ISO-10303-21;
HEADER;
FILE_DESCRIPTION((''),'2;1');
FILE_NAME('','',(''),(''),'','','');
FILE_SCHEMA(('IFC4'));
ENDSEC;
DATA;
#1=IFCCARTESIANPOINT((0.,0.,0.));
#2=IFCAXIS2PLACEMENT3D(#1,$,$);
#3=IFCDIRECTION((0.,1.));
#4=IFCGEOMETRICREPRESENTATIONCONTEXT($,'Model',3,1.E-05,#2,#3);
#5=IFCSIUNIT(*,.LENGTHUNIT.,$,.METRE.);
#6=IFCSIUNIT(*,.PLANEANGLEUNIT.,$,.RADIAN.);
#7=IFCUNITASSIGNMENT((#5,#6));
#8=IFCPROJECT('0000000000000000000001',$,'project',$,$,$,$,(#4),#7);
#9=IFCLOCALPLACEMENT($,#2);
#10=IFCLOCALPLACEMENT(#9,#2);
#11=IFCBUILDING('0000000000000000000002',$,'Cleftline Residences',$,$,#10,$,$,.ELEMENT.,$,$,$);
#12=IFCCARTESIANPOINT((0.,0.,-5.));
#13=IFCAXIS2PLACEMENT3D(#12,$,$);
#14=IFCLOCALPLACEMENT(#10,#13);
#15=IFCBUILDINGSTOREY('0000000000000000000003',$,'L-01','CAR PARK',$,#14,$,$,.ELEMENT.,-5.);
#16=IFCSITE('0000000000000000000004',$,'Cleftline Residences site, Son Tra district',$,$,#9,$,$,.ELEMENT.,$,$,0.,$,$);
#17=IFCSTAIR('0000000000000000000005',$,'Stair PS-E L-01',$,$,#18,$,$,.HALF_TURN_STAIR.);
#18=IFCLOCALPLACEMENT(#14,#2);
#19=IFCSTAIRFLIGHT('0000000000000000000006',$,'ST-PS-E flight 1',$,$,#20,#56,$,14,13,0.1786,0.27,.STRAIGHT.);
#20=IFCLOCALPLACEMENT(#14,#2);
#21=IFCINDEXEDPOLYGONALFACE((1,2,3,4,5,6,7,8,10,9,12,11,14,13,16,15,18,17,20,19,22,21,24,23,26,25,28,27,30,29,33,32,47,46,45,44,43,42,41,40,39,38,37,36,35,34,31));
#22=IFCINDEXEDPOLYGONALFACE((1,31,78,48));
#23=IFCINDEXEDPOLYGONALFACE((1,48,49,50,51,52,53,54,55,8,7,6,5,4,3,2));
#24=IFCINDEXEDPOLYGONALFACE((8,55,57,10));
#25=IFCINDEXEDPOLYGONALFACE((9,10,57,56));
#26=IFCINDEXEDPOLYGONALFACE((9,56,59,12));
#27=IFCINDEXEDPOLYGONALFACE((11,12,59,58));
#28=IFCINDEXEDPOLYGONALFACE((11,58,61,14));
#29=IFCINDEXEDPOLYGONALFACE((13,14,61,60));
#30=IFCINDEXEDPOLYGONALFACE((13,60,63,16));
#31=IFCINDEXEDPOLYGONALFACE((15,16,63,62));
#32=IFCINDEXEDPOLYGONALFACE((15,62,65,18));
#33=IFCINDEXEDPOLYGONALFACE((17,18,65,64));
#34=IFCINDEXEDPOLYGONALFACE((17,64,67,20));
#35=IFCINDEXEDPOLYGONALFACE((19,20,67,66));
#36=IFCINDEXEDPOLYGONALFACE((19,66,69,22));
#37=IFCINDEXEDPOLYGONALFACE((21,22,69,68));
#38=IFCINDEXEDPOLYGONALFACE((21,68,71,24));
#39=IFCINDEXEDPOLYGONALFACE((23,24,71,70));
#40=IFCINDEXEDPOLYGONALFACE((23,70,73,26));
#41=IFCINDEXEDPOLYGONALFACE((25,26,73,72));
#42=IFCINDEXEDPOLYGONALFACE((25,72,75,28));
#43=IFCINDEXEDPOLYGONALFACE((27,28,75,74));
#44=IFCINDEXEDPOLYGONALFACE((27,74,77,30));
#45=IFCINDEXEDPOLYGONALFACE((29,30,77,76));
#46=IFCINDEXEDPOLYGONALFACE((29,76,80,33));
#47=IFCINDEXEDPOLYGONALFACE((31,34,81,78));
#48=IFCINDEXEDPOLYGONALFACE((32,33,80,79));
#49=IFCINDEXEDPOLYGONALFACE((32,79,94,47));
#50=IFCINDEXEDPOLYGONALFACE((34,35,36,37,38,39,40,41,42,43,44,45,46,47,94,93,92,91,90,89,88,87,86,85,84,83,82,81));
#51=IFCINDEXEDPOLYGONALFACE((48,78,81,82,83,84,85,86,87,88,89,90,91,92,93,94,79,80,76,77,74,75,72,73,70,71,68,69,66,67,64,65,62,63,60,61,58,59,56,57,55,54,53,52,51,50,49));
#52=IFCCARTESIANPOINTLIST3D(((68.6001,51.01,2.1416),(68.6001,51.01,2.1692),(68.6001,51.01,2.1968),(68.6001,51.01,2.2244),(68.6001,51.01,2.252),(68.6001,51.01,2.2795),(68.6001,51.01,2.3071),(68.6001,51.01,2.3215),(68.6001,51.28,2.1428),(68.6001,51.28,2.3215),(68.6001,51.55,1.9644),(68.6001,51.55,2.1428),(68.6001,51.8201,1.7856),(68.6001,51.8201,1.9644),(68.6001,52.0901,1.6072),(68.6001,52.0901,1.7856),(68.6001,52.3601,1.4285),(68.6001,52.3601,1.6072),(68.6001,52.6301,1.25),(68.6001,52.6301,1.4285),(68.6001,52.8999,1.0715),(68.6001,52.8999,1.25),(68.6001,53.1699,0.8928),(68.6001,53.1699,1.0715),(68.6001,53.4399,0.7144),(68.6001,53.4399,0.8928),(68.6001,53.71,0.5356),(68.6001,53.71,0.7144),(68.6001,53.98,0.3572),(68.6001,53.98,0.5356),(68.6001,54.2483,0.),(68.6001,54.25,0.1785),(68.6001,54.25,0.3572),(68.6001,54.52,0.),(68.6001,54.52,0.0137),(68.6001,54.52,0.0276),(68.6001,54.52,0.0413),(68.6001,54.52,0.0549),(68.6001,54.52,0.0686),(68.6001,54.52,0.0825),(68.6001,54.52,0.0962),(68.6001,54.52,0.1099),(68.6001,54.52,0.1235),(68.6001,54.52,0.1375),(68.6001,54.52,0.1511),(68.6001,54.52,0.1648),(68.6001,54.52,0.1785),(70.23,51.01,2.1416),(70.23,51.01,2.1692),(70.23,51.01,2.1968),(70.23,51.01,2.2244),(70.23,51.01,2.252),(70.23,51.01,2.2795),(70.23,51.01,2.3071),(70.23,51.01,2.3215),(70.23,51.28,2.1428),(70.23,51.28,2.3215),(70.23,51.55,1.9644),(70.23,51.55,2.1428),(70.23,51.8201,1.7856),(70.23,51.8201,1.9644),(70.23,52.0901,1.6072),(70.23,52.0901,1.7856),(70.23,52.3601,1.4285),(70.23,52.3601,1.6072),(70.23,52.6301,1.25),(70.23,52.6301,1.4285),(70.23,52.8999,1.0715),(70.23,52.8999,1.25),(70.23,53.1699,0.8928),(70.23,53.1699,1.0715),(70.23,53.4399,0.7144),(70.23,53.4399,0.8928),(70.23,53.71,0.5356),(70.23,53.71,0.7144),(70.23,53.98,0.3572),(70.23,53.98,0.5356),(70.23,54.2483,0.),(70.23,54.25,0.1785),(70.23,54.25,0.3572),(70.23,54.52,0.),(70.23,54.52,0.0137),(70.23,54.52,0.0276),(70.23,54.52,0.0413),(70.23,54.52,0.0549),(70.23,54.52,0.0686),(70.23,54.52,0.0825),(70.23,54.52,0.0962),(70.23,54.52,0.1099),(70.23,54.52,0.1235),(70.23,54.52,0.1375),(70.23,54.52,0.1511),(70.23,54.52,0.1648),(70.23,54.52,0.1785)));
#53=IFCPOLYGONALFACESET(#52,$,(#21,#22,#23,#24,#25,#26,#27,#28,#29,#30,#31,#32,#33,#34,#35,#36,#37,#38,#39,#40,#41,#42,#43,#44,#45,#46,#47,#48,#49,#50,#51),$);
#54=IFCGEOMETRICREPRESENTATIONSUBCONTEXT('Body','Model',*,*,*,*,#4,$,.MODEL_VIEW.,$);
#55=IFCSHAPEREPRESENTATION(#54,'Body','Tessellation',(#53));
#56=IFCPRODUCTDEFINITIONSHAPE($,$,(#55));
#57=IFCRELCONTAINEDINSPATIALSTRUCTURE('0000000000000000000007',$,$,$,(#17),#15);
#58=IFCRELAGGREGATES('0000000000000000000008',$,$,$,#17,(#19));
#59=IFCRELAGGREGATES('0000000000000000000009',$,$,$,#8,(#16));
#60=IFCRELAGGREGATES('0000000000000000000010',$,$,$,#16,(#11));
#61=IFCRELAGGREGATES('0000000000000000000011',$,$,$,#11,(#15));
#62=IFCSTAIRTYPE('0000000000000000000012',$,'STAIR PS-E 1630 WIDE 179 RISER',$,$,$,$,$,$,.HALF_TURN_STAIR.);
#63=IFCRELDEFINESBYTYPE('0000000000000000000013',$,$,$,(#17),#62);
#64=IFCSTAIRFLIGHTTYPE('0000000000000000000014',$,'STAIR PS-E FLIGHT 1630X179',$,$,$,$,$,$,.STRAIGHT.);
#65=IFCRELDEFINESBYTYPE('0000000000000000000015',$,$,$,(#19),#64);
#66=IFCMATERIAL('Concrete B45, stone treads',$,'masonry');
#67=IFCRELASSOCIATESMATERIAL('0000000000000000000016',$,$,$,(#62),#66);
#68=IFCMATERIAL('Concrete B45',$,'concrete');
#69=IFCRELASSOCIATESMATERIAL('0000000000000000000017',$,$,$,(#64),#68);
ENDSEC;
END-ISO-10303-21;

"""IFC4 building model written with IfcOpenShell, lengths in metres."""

from ifc_helpers import new_model, si_unit, direction, frame, origin, place, context, subcontext, project, spatial, polyline, outline, extrude, material, type_object, element, aggregate, save


model = new_model("IFC4")

# Units and contexts
model_context = context("Model", 3, precision=1e-05, world=origin(), true_north=direction((0.0, 1.0)))
body_context = subcontext(model_context, "Body", "Model", "MODEL_VIEW")
ifc_project = project(units=[si_unit("LENGTHUNIT", "METRE"), si_unit("PLANEANGLEUNIT", "RADIAN")], contexts=[model_context])

# Site, building, storey
site_placement = place(None, origin())
site = spatial("IfcSite", under=ifc_project, at=site_placement, Name="Cleftline Residences site, Son Tra district", CompositionType="ELEMENT", RefElevation=0.0)
building_placement = place(site_placement, origin())
building = spatial("IfcBuilding", under=site, at=building_placement, Name="Cleftline Residences", CompositionType="ELEMENT")
storey_placement = place(building_placement, frame((0.0, 0.0, -5.0)))
storey = spatial("IfcBuildingStorey", under=building, at=storey_placement, Name="L-01", Description="CAR PARK", CompositionType="ELEMENT", Elevation=-5.0)

# Stair, stair flight
ifc_material_1 = material(Name="Concrete B45, stone treads", Category="masonry")
stair_type = type_object("IfcStairType", Name="STAIR PS-E 1630 WIDE 179 RISER", PredefinedType="HALF_TURN_STAIR", material=ifc_material_1)
stair_placement = place(storey_placement, origin())
stair = element("IfcStair", 1, at=stair_placement, inside=storey, type_object=stair_type, Name="Stair PS-E L-01", PredefinedType="HALF_TURN_STAIR")
ifc_material_2 = material(Name="Concrete B45", Category="concrete")
stair_flight_type = type_object("IfcStairFlightType", Name="STAIR PS-E FLIGHT 1630X179", PredefinedType="STRAIGHT", material=ifc_material_2)
stair_flight_placement = place(storey_placement, frame((69.415, 54.52, 0.0), z_axis=(0.0, 0.0, 1.0), x_axis=(0.0, -1.0, 0.0)))
stair_flight = element("IfcStairFlight", 2, at=stair_flight_placement, type_object=stair_flight_type, Name="ST-PS-E flight 1", NumberOfRisers=14, NumberOfTreads=13, PredefinedType="STRAIGHT", RiserHeight=0.1786, TreadLength=0.27, context=body_context, shape_type="SweptSolid", body=[
    extrude(outline(polyline([(0.0, 0.0), (0.0, 0.0137), (0.0, 0.0276), (0.0, 0.0413), (0.0, 0.0549), (0.0, 0.0686), (0.0, 0.0825), (0.0, 0.0962), (0.0, 0.1099), (0.0, 0.1235), (0.0, 0.1375), (0.0, 0.1511), (0.0, 0.1648), (0.0, 0.1785), (0.27, 0.1785), (0.27, 0.3572), (0.54, 0.3572), (0.54, 0.5356), (0.8101, 0.5356), (0.8101, 0.7144), (1.0801, 0.7144), (1.0801, 0.8928), (1.3501, 0.8928), (1.3501, 1.0715), (1.6201, 1.0715), (1.6201, 1.25), (1.8899, 1.25), (1.8899, 1.4285), (2.1599, 1.4285), (2.1599, 1.6072), (2.4299, 1.6072), (2.4299, 1.7856), (2.7, 1.7856), (2.7, 1.9644), (2.97, 1.9644), (2.97, 2.1428), (3.24, 2.1428), (3.24, 2.3215), (3.51, 2.3215), (3.51, 2.5), (3.51, 2.4724), (3.51, 2.4448), (3.51, 2.4172), (3.51, 2.3896), (3.51, 2.3623), (3.51, 2.3347), (3.51, 2.3071), (3.51, 2.2795), (3.51, 2.252), (3.51, 2.2244), (3.51, 2.1968), (3.51, 2.1692), (3.51, 2.1416), (0.2717, 0.0), (0.0, 0.0)])), frame((0.0, 0.8149, 0.0), z_axis=(0.0, -1.0, 0.0), x_axis=(1.0, 0.0, 0.0)), (0.0, 0.0, 1.0), 1.6299),
])
aggregate(stair, [stair_flight])

save(model, "model.ifc")
